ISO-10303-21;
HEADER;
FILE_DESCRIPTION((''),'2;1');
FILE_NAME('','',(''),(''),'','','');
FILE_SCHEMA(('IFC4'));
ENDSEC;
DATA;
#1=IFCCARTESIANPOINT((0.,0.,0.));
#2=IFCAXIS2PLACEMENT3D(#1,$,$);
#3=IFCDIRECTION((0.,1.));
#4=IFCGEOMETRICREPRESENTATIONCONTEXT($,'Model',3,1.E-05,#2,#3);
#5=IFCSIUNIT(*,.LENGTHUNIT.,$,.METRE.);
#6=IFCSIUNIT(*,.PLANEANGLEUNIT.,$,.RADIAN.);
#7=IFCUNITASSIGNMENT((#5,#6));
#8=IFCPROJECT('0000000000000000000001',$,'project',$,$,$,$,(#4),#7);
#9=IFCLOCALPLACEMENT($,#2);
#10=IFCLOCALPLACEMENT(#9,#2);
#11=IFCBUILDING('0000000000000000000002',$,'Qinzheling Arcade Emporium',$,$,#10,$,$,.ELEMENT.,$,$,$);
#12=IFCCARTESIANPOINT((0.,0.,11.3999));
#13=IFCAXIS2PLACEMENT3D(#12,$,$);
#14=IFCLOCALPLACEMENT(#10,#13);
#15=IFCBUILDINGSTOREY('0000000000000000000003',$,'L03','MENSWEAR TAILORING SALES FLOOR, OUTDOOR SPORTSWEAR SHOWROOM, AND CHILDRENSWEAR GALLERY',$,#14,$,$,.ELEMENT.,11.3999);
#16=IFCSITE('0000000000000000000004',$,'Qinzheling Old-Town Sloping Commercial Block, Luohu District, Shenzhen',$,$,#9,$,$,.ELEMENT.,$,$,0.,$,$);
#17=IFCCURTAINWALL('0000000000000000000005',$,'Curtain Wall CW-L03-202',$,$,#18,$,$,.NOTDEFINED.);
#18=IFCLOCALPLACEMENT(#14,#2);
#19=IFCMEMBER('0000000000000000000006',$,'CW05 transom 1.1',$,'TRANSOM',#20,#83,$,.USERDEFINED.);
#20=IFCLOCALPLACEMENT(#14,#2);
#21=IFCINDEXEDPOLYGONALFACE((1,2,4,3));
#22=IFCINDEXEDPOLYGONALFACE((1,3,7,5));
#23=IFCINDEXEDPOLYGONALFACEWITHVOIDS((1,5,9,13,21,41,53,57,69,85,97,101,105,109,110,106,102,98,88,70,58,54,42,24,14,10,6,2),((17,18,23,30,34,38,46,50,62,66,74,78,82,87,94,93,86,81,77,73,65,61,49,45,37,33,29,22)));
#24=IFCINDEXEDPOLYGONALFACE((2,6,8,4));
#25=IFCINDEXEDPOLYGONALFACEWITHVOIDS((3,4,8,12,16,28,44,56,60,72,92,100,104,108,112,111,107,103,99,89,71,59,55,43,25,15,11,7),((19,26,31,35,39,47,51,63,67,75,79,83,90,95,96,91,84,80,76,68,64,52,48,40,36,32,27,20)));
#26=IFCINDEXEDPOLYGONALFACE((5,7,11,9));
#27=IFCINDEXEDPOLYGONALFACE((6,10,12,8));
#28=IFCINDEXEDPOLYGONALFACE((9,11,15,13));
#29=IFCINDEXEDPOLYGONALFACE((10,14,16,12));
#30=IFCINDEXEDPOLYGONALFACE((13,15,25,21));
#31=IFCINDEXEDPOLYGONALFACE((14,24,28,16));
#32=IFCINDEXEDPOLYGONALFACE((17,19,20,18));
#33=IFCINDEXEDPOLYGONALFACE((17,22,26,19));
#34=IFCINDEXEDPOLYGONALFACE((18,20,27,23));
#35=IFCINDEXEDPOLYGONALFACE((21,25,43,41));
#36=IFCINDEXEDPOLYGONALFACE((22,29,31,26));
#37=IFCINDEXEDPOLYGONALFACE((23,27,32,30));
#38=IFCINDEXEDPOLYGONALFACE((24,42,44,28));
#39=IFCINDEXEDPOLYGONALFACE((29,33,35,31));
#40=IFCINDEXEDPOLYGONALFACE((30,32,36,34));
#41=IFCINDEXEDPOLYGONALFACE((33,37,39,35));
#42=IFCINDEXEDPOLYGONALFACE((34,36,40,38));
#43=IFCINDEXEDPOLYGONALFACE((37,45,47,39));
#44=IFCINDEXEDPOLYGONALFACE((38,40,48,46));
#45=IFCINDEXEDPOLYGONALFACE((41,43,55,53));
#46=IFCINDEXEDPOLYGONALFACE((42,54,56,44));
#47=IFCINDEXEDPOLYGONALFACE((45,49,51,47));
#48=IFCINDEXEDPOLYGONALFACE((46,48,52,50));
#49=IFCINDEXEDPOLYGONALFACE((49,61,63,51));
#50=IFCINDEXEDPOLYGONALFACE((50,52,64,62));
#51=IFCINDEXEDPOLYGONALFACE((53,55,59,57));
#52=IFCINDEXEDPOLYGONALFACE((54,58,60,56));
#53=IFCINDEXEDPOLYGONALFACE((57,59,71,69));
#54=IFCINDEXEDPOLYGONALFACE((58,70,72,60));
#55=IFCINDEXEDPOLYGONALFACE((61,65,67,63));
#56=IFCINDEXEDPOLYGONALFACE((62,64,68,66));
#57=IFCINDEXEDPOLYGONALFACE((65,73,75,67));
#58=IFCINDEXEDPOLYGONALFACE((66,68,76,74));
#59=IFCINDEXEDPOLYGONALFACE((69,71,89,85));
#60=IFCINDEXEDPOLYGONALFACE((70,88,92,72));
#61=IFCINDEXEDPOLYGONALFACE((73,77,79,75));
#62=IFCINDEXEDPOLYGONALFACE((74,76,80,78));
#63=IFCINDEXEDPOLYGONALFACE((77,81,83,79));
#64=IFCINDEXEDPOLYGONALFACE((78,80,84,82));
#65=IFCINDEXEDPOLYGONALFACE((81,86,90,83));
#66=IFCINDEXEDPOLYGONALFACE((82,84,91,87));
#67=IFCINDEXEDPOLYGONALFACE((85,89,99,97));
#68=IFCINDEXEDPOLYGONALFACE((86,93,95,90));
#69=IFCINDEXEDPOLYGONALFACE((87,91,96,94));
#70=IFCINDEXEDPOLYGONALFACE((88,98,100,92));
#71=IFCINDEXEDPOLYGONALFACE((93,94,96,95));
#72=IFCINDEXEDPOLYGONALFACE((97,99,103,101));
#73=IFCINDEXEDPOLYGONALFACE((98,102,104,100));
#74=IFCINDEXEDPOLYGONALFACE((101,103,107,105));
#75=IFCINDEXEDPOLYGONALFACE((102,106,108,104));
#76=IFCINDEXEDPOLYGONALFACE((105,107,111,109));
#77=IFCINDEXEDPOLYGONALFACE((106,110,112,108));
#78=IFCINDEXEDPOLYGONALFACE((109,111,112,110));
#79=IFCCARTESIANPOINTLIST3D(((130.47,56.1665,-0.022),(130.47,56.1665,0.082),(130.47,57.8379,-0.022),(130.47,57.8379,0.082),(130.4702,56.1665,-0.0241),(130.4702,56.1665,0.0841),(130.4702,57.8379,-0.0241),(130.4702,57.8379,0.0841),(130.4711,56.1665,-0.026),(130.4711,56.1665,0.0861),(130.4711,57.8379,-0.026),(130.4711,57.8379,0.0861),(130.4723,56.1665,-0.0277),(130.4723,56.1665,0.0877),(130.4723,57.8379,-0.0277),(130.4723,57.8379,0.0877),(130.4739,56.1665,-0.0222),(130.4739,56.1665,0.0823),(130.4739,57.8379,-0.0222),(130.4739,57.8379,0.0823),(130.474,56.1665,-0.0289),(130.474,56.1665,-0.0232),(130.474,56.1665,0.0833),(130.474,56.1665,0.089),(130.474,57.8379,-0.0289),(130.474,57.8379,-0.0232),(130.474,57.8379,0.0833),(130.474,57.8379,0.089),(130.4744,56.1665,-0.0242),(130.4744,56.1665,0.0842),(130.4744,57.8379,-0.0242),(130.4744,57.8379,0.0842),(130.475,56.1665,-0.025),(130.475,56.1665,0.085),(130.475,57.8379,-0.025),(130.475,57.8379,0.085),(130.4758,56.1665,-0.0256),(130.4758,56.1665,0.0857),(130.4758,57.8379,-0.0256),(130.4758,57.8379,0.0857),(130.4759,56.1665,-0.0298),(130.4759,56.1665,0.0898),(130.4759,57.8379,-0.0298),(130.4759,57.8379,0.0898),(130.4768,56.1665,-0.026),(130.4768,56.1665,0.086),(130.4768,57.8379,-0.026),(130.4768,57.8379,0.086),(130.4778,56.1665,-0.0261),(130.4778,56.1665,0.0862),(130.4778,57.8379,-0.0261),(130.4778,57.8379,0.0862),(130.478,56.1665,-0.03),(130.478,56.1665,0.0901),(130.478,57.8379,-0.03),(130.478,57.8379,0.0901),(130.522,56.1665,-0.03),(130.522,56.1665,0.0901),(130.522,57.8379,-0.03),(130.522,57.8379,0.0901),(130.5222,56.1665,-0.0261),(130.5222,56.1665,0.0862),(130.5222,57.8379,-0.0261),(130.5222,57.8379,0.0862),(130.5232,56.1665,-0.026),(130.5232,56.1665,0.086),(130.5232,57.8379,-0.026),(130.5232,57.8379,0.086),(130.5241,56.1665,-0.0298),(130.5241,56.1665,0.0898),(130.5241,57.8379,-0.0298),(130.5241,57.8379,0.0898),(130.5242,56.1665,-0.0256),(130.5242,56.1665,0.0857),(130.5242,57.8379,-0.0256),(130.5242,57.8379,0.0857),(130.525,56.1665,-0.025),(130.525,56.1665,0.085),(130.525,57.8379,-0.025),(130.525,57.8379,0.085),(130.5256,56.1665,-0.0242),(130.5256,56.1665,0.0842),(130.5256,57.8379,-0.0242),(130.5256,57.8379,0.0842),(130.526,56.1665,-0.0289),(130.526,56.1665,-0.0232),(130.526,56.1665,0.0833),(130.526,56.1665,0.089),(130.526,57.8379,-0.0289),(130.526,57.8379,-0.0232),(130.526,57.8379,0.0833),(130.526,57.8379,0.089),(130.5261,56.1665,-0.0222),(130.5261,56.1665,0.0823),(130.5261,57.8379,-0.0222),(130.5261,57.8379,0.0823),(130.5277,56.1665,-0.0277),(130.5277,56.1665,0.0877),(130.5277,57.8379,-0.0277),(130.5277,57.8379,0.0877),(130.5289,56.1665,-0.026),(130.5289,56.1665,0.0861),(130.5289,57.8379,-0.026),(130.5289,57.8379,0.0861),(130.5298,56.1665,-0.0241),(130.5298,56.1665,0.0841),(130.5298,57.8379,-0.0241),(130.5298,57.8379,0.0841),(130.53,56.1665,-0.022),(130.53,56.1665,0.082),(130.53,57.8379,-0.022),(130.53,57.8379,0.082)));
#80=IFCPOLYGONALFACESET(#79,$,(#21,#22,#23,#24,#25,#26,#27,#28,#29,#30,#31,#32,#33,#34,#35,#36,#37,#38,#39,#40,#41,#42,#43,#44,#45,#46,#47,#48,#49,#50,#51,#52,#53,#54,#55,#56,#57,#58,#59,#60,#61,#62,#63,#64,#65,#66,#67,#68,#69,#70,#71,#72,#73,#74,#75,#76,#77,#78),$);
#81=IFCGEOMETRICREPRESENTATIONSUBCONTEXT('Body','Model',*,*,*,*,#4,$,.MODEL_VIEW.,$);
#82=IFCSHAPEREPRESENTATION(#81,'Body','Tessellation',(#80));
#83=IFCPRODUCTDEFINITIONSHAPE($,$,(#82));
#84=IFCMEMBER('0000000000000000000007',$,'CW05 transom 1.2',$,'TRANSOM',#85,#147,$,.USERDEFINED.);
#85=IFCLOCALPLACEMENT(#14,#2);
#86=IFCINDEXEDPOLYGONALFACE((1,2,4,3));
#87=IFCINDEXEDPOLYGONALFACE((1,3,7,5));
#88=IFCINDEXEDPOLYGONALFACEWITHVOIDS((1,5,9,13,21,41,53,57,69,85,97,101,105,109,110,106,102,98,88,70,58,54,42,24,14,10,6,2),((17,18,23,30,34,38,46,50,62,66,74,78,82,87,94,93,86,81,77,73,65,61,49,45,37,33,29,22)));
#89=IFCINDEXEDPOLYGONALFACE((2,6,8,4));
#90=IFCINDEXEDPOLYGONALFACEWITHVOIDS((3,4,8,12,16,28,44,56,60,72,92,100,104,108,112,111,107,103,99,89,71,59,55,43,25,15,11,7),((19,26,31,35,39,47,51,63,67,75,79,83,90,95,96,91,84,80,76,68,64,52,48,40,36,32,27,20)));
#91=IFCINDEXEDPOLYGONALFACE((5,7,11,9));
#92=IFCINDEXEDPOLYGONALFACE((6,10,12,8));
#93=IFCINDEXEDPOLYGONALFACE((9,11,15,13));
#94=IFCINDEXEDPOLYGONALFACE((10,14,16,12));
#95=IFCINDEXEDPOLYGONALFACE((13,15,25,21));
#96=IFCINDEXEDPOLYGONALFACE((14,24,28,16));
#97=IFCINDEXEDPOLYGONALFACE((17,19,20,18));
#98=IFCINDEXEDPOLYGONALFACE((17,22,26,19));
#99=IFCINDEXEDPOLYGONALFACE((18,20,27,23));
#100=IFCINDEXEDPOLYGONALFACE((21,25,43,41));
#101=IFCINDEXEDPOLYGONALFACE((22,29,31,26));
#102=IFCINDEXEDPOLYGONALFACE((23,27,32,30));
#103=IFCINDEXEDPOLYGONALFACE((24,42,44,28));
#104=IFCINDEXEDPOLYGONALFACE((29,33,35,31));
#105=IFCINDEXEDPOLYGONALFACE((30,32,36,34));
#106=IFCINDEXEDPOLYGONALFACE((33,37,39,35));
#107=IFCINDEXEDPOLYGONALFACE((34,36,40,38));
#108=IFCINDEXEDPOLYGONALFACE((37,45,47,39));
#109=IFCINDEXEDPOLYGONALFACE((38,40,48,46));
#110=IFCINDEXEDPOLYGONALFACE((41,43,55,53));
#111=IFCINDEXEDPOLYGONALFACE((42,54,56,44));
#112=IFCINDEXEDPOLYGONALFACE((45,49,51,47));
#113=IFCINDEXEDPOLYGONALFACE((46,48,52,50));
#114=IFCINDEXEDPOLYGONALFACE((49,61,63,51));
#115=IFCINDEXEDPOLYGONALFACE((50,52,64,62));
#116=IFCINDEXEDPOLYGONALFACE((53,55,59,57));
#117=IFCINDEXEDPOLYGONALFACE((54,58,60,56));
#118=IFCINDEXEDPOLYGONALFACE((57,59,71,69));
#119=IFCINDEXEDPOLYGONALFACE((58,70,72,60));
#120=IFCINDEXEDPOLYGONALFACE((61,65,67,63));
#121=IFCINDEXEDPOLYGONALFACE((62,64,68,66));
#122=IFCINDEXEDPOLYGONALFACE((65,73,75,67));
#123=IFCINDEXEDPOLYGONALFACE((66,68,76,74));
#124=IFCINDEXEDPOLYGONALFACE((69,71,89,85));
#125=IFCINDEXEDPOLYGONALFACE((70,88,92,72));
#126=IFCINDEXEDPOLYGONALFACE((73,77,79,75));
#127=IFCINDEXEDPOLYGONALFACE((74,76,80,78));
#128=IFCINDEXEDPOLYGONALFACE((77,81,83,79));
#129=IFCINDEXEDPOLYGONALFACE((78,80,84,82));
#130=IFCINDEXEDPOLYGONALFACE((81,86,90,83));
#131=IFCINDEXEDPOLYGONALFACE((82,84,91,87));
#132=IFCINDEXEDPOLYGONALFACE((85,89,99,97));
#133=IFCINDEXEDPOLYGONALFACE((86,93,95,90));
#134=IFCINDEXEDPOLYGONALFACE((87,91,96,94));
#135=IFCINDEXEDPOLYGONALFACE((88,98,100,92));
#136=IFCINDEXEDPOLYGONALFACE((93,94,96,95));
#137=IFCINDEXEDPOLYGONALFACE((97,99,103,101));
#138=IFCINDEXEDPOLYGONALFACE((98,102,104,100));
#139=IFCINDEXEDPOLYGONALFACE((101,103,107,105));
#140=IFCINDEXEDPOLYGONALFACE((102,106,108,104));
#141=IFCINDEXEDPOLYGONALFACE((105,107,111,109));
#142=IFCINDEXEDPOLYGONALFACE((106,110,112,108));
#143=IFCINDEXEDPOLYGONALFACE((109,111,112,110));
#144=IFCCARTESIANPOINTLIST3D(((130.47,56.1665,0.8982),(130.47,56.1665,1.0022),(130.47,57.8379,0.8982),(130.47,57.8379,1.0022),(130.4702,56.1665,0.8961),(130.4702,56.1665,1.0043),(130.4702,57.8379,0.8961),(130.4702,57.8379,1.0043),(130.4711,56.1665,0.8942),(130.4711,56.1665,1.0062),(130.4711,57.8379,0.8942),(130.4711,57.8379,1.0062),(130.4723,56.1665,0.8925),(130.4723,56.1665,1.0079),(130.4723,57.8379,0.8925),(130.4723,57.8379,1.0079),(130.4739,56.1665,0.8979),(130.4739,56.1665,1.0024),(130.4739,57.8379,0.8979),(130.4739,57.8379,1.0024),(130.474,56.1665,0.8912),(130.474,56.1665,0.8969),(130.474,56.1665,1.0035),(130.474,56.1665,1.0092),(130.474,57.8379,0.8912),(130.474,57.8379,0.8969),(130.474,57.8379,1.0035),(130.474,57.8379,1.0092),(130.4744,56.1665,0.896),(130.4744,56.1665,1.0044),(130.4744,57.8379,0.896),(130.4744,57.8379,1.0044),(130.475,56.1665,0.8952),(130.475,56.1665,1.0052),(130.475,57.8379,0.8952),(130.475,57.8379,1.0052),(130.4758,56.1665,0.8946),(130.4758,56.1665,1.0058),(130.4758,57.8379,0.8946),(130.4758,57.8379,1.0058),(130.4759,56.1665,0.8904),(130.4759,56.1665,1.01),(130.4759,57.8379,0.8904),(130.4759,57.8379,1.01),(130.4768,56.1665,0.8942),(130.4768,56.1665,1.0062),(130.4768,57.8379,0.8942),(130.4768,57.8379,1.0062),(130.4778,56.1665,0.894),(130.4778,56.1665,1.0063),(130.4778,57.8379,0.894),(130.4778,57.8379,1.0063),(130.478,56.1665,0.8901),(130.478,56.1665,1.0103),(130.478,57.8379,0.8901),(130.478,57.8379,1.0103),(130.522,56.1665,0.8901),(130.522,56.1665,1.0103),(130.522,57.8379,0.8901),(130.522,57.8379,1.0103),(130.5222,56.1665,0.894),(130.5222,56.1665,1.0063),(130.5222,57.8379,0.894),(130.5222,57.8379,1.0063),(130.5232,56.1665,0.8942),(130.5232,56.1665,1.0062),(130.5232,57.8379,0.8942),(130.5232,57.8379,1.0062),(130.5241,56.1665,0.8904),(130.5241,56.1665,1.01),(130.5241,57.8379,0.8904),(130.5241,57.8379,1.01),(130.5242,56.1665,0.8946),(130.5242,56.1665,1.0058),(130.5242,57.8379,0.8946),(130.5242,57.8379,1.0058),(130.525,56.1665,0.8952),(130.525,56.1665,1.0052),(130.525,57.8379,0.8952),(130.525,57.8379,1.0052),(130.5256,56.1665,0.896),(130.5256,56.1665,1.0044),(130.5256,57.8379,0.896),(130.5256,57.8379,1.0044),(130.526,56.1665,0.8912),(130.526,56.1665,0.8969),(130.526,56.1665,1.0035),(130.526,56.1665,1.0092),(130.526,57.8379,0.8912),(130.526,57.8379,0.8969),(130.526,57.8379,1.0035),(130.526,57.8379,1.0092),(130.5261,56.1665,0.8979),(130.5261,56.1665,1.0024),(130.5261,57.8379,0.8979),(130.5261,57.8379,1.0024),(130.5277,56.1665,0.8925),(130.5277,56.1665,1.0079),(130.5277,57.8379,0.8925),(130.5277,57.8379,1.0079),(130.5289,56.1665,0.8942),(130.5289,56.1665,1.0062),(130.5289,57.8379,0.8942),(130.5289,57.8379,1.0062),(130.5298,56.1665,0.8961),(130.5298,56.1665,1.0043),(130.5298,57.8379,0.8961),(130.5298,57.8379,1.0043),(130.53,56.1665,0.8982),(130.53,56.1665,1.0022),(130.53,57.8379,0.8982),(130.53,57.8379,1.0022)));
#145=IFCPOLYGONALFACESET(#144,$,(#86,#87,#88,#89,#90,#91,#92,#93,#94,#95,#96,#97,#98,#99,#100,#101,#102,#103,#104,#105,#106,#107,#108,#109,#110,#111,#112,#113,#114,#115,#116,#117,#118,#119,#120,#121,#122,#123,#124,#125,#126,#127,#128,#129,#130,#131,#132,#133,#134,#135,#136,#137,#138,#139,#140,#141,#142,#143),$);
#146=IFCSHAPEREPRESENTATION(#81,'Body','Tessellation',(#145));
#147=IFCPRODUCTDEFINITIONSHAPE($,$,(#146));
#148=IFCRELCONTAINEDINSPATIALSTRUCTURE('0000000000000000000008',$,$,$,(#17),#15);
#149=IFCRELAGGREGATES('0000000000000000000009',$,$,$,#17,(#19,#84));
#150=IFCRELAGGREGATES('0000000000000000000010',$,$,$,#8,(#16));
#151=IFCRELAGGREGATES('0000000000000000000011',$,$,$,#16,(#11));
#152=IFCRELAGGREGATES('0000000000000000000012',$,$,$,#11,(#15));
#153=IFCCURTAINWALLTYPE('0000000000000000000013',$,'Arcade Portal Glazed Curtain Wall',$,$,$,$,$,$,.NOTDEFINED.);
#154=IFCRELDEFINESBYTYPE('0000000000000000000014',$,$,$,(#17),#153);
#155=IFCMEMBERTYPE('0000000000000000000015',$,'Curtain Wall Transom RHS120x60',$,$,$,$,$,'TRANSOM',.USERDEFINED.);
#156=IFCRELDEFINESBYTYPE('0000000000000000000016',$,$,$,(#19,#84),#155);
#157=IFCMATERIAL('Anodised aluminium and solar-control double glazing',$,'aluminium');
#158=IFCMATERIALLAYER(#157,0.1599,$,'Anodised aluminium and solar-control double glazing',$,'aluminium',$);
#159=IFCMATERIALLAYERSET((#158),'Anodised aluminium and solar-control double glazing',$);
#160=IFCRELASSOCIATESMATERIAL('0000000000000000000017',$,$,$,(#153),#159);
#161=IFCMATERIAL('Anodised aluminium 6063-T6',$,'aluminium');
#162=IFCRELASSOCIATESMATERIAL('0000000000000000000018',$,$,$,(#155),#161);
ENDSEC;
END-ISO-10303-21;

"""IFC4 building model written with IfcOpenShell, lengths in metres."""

from ifc_helpers import new_model, si_unit, direction, frame, origin, origin_2d, place, context, subcontext, project, spatial, hollow_rectangle, extrude, material, layer, layer_set, material_profile, profile_set, type_object, element, aggregate, save


model = new_model("IFC4")

# Units and contexts
model_context = context("Model", 3, precision=1e-05, world=origin(), true_north=direction((0.0, 1.0)))
body_context = subcontext(model_context, "Body", "Model", "MODEL_VIEW")
ifc_project = project(units=[si_unit("LENGTHUNIT", "METRE"), si_unit("PLANEANGLEUNIT", "RADIAN")], contexts=[model_context])

# Site, building, storey
site_placement = place(None, origin())
site = spatial("IfcSite", under=ifc_project, at=site_placement, Name="Qinzheling Old-Town Sloping Commercial Block, Luohu District, Shenzhen", CompositionType="ELEMENT", RefElevation=0.0)
building_placement = place(site_placement, origin())
building = spatial("IfcBuilding", under=site, at=building_placement, Name="Qinzheling Arcade Emporium", CompositionType="ELEMENT")
storey_placement = place(building_placement, frame((0.0, 0.0, 11.3999)))
storey = spatial("IfcBuildingStorey", under=building, at=storey_placement, Name="L03", Description="MENSWEAR TAILORING SALES FLOOR, OUTDOOR SPORTSWEAR SHOWROOM, AND CHILDRENSWEAR GALLERY", CompositionType="ELEMENT", Elevation=11.3999)

# Shared definitions
ifc_material_1 = material(Name="Anodised aluminium and solar-control double glazing", Category="aluminium")
ifc_layer_1 = layer(ifc_material_1, 0.1599, Name="Anodised aluminium and solar-control double glazing", Category="aluminium")
ifc_layer_set_1 = layer_set([ifc_layer_1], Name="Anodised aluminium and solar-control double glazing")
curtain_wall_type = type_object("IfcCurtainWallType", Name="Arcade Portal Glazed Curtain Wall", PredefinedType="NOTDEFINED", material=ifc_layer_set_1)
ifc_material_2 = material(Name="Anodised aluminium 6063-T6", Category="aluminium")

# Curtain wall
curtain_wall_1_placement = place(storey_placement, origin())
curtain_wall_1 = element("IfcCurtainWall", 1, at=curtain_wall_1_placement, inside=storey, type_object=curtain_wall_type, Name="Curtain Wall CW-L03-202", PredefinedType="NOTDEFINED")

# Members
ifc_material_profile_1 = material_profile(ifc_material_2, hollow_rectangle(XDim=0.0601, YDim=0.1201, WallThickness=0.0039, InnerFilletRadius=0.0039, OuterFilletRadius=0.0081, at=origin_2d()), Name="RHS 120x60x4", Category="aluminium")
ifc_profile_set_1 = profile_set([ifc_material_profile_1], Name="Anodised aluminium 6063-T6")
member_type_1 = type_object("IfcMemberType", Name="Curtain Wall Transom RHS120x60", ElementType="TRANSOM", PredefinedType="USERDEFINED", material=ifc_profile_set_1)
member_1_placement = place(storey_placement, frame((130.5, 57.8379, 0.03), z_axis=(0.0, -1.0, 0.0), x_axis=(1.0, 0.0, 0.0)))
member_1 = element("IfcMember", 2, at=member_1_placement, type_object=member_type_1, Name="CW05 transom 1.1", ObjectType="TRANSOM", PredefinedType="USERDEFINED", context=body_context, shape_type="SweptSolid", body=[
    extrude(hollow_rectangle(XDim=0.0601, YDim=0.1201, WallThickness=0.0039, InnerFilletRadius=0.0039, OuterFilletRadius=0.0081, at=origin_2d()), origin(), (0.0, 0.0, 1.0), 1.6714),
])
member_2_placement = place(storey_placement, frame((130.5, 57.8379, 0.9502), z_axis=(0.0, -1.0, 0.0), x_axis=(1.0, 0.0, 0.0)))
member_2 = element("IfcMember", 3, at=member_2_placement, type_object=member_type_1, Name="CW05 transom 1.2", ObjectType="TRANSOM", PredefinedType="USERDEFINED", context=body_context, shape_type="SweptSolid", body=[
    extrude(hollow_rectangle(XDim=0.0601, YDim=0.1201, WallThickness=0.0039, InnerFilletRadius=0.0039, OuterFilletRadius=0.0081, at=origin_2d()), origin(), (0.0, 0.0, 1.0), 1.6714),
])

aggregate(curtain_wall_1, [member_1, member_2])

save(model, "model.ifc")
